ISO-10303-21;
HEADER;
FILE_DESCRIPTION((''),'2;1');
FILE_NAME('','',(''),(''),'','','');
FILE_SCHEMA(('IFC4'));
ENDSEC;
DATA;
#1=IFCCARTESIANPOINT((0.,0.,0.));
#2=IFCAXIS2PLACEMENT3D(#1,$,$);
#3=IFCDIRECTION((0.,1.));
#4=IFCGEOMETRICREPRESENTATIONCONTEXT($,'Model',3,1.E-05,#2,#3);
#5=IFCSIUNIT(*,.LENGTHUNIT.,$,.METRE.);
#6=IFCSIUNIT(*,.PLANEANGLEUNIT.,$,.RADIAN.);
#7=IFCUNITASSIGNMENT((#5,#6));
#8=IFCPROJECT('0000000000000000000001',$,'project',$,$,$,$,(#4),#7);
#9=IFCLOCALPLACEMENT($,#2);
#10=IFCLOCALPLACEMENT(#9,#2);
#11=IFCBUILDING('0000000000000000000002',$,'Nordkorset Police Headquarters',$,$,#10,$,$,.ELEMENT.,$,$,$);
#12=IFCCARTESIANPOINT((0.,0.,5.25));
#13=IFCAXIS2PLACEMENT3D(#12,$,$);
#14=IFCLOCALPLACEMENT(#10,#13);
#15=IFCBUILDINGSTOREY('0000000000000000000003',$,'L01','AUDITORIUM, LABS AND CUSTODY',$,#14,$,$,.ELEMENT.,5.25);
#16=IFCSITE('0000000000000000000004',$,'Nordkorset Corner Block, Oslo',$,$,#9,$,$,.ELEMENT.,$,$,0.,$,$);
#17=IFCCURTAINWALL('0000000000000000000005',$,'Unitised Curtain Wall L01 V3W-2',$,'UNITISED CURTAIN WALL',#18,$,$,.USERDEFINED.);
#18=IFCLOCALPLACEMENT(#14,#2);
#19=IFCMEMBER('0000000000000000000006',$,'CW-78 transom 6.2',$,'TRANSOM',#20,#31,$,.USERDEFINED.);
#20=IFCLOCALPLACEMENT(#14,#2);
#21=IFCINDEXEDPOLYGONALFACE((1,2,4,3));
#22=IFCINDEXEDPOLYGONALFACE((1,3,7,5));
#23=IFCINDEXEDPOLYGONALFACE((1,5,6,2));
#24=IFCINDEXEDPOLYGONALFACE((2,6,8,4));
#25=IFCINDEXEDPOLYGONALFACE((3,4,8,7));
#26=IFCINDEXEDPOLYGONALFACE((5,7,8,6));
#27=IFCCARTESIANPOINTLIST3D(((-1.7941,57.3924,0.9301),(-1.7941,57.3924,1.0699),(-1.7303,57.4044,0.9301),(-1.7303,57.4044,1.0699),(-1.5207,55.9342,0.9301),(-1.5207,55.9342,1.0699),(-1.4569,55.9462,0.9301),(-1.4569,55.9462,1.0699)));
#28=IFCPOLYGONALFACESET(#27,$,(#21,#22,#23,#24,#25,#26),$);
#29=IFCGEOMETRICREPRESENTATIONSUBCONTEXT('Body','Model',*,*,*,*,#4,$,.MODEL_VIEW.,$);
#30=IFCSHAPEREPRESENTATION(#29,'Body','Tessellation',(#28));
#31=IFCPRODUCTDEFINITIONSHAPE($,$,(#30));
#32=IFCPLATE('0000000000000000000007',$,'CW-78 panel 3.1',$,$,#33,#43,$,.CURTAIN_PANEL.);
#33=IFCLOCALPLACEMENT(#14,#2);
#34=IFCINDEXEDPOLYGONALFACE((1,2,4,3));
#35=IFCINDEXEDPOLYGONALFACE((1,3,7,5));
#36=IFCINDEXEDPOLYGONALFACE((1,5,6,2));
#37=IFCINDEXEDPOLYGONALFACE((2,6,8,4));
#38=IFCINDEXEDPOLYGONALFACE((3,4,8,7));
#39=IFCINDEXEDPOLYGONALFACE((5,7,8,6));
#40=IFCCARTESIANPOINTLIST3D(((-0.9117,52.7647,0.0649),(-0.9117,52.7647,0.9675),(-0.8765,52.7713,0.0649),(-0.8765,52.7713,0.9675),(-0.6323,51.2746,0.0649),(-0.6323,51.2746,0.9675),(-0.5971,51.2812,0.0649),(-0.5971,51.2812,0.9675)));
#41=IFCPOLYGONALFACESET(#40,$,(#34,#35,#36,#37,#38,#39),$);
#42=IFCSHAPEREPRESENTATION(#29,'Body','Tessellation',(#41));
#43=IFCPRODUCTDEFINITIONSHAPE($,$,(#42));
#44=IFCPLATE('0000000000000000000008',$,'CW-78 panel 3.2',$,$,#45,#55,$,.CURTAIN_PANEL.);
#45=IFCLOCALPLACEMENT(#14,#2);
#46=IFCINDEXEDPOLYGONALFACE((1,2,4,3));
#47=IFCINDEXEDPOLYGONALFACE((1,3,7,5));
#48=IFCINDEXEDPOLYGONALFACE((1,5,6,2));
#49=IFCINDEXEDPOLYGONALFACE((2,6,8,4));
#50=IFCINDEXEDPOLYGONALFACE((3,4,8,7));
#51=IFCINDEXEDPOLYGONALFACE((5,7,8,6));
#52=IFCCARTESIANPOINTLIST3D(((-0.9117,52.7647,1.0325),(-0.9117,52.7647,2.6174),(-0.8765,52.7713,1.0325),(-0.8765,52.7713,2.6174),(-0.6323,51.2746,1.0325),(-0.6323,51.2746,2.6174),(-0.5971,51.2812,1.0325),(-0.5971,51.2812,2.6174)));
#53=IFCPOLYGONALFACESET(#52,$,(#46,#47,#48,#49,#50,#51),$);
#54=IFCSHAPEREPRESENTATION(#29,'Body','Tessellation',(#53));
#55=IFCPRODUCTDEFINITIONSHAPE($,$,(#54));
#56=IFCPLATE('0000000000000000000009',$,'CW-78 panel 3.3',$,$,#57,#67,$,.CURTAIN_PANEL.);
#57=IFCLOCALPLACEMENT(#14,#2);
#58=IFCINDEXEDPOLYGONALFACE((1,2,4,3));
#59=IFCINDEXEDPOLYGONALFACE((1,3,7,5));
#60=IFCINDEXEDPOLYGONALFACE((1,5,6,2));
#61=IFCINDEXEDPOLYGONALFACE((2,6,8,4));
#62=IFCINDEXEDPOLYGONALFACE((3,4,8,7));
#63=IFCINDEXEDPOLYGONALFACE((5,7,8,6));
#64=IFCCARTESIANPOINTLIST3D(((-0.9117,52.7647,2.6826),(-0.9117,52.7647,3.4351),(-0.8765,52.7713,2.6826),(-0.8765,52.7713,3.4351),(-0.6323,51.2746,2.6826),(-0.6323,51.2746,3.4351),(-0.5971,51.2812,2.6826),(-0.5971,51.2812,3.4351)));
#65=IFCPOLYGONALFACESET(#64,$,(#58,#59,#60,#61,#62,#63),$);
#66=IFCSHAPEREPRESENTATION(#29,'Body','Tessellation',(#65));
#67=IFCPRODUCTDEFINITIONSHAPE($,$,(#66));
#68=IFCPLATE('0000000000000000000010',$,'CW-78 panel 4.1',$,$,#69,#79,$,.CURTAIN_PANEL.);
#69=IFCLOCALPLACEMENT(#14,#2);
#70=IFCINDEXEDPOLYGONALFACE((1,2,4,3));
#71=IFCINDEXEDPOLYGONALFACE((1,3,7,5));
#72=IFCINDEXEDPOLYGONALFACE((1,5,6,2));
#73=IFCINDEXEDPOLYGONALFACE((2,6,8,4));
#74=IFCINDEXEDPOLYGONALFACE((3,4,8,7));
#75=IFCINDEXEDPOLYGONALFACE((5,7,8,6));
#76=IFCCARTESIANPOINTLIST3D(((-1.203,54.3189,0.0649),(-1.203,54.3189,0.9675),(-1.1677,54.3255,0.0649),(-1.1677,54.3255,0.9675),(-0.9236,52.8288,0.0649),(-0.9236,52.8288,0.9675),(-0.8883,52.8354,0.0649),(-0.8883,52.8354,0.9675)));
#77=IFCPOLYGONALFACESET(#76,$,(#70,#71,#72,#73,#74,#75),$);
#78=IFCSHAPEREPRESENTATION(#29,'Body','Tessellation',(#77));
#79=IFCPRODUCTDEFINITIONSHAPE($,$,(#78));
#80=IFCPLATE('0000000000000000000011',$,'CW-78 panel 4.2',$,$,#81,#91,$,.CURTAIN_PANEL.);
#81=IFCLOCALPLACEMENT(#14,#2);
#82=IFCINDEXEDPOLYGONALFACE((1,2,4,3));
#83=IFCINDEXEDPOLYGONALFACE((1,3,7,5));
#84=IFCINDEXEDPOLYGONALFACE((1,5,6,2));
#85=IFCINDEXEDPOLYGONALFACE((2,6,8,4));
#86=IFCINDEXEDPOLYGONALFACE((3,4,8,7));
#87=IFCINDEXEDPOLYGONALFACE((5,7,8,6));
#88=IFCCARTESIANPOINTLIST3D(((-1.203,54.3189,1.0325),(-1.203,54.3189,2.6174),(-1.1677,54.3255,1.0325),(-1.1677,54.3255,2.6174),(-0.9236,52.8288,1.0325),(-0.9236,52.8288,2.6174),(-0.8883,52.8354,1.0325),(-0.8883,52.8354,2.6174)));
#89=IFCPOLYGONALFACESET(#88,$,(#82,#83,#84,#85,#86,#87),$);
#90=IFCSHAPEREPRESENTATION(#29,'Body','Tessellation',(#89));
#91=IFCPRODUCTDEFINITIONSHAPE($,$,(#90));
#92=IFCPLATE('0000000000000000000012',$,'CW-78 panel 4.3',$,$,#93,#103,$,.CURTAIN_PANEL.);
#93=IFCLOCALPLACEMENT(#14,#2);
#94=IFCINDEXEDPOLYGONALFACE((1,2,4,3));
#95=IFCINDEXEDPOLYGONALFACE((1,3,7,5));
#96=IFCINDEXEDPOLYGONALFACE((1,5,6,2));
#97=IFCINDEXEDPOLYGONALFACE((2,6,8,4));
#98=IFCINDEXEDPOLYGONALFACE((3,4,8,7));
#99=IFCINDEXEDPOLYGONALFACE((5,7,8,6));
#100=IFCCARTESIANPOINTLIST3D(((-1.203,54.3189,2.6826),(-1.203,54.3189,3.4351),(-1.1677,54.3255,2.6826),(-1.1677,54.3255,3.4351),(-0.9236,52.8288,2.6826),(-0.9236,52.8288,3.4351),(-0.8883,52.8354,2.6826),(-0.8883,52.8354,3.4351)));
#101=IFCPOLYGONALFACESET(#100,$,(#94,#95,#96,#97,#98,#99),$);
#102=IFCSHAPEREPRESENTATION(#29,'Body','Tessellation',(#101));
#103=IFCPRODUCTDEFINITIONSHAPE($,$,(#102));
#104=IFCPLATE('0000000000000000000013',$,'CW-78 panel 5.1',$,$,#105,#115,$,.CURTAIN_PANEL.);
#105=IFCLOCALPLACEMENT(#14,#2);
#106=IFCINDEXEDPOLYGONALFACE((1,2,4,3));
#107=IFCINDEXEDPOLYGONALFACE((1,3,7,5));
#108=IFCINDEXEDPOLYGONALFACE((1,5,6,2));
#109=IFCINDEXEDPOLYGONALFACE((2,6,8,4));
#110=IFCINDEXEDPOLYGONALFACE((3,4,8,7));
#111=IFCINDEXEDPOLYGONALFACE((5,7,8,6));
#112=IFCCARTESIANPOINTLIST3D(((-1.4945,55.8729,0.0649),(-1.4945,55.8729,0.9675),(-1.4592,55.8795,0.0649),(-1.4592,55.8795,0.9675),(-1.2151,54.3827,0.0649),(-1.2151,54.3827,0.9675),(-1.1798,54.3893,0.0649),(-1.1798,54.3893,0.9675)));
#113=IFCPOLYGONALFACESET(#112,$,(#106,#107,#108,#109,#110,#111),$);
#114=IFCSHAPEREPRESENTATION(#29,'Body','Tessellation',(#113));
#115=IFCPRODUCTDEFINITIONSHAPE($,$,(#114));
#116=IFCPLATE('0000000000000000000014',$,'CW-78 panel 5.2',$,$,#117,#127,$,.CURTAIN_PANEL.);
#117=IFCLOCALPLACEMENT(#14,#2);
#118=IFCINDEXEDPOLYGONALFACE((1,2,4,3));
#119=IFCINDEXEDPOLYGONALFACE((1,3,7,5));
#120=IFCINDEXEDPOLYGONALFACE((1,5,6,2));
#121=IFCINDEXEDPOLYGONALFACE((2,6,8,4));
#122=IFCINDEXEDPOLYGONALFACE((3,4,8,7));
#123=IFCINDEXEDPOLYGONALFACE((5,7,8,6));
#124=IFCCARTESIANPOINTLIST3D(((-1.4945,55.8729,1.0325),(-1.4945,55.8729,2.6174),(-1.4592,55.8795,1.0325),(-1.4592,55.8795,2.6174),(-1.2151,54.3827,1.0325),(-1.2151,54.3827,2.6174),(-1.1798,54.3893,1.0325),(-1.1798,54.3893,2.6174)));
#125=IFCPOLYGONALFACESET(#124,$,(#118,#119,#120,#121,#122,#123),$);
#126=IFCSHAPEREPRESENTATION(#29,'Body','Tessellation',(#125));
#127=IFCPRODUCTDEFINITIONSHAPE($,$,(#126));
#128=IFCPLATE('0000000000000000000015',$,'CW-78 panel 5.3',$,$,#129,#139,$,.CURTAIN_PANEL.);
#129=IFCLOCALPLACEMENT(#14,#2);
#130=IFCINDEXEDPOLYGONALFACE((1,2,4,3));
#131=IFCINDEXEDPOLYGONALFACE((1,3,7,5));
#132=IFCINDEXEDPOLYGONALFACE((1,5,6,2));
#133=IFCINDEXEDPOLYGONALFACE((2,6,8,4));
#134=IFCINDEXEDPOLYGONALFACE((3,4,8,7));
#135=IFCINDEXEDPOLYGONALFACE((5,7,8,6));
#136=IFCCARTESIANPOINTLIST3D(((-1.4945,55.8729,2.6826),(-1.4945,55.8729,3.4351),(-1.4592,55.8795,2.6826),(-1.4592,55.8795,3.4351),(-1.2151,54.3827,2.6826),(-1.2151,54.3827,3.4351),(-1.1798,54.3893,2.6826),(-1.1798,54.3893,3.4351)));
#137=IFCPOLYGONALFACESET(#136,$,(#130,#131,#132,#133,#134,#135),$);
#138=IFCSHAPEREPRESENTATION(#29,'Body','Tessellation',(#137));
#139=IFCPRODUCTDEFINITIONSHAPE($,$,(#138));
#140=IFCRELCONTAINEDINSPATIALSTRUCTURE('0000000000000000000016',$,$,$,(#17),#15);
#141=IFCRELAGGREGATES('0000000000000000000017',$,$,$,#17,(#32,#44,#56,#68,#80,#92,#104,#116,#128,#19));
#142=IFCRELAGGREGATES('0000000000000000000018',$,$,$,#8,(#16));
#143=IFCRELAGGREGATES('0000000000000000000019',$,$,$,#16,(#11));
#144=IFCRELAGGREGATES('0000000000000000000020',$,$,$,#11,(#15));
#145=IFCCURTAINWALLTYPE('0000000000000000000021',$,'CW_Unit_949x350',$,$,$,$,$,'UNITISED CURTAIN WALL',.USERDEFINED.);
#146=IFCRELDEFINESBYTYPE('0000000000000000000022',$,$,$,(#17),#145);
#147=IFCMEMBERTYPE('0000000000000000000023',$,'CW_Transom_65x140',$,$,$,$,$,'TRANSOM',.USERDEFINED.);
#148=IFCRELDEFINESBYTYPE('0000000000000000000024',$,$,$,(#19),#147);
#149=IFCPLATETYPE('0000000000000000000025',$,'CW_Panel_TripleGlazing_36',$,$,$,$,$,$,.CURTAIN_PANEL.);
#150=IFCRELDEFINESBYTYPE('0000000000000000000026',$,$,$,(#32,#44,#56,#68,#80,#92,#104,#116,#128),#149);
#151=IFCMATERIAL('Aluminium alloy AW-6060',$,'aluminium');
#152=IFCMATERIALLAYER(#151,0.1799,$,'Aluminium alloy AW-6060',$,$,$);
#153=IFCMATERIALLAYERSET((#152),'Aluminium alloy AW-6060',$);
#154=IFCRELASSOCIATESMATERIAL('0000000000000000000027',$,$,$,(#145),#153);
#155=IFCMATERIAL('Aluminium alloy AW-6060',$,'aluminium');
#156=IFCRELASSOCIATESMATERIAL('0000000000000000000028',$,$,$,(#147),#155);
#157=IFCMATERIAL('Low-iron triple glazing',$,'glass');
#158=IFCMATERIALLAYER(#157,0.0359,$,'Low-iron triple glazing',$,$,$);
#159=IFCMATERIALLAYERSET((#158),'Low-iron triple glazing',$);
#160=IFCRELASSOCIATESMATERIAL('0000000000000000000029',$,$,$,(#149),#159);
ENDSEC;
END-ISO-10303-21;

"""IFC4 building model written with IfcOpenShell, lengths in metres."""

from ifc_helpers import new_model, si_unit, direction, frame, origin, origin_2d, place, context, subcontext, project, spatial, rectangle, extrude, material, layer, layer_set, material_profile, profile_set, type_object, element, aggregate, save


model = new_model("IFC4")

# Units and contexts
model_context = context("Model", 3, precision=1e-05, world=origin(), true_north=direction((0.0, 1.0)))
body_context = subcontext(model_context, "Body", "Model", "MODEL_VIEW")
ifc_project = project(units=[si_unit("LENGTHUNIT", "METRE"), si_unit("PLANEANGLEUNIT", "RADIAN")], contexts=[model_context])

# Site, building, storey
site_placement = place(None, origin())
site = spatial("IfcSite", under=ifc_project, at=site_placement, Name="Nordkorset Corner Block, Oslo", CompositionType="ELEMENT", RefElevation=0.0)
building_placement = place(site_placement, origin())
building = spatial("IfcBuilding", under=site, at=building_placement, Name="Nordkorset Police Headquarters", CompositionType="ELEMENT")
storey_placement = place(building_placement, frame((0.0, 0.0, 5.25)))
storey = spatial("IfcBuildingStorey", under=building, at=storey_placement, Name="L01", Description="AUDITORIUM, LABS AND CUSTODY", CompositionType="ELEMENT", Elevation=5.25)

# Curtain wall, member, plates
ifc_material_1 = material(Name="Aluminium alloy AW-6060", Category="aluminium")
ifc_layer_1 = layer(ifc_material_1, 0.1799, Name="Aluminium alloy AW-6060")
ifc_layer_set_1 = layer_set([ifc_layer_1], Name="Aluminium alloy AW-6060")
curtain_wall_type = type_object("IfcCurtainWallType", Name="CW_Unit_949x350", ElementType="UNITISED CURTAIN WALL", PredefinedType="USERDEFINED", material=ifc_layer_set_1)
curtain_wall_placement = place(storey_placement, origin())
curtain_wall = element("IfcCurtainWall", 1, at=curtain_wall_placement, inside=storey, type_object=curtain_wall_type, Name="Unitised Curtain Wall L01 V3W-2", ObjectType="UNITISED CURTAIN WALL", PredefinedType="USERDEFINED")
ifc_material_2 = material(Name="Aluminium alloy AW-6060", Category="aluminium")
ifc_material_profile_1 = material_profile(ifc_material_2, rectangle(XDim=0.0649, YDim=0.1399, at=origin_2d()), Name="ALU TRAN 65x140")
ifc_profile_set_1 = profile_set([ifc_material_profile_1], Name="Aluminium alloy AW-6060")
member_type_1 = type_object("IfcMemberType", Name="CW_Transom_65x140", ElementType="TRANSOM", PredefinedType="USERDEFINED", material=ifc_profile_set_1)
member_1_placement = place(storey_placement, frame((-1.4888, 55.9402, 1.0), z_axis=(-0.184298, 0.98287, 0.0), x_axis=(-0.98287, -0.184298, 0.0)))
member_1 = element("IfcMember", 2, at=member_1_placement, type_object=member_type_1, Name="CW-78 transom 6.2", ObjectType="TRANSOM", PredefinedType="USERDEFINED", context=body_context, shape_type="SweptSolid", body=[
    extrude(rectangle(XDim=0.0649, YDim=0.1399, at=origin_2d()), origin(), (0.0, 0.0, 1.0), 1.4836),
])
ifc_material_3 = material(Name="Low-iron triple glazing", Category="glass")
ifc_layer_2 = layer(ifc_material_3, 0.0359, Name="Low-iron triple glazing")
ifc_layer_set_2 = layer_set([ifc_layer_2], Name="Low-iron triple glazing")
plate_type = type_object("IfcPlateType", Name="CW_Panel_TripleGlazing_36", PredefinedType="CURTAIN_PANEL", material=ifc_layer_set_2)
plate_1_placement = place(storey_placement, frame((-0.7544, 52.0229, 0.0649), z_axis=(0.0, 0.0, 1.0), x_axis=(-0.184289, 0.982872, 0.0)))
plate_1 = element("IfcPlate", 3, at=plate_1_placement, type_object=plate_type, Name="CW-78 panel 3.1", PredefinedType="CURTAIN_PANEL", context=body_context, shape_type="SweptSolid", body=[
    extrude(rectangle(XDim=1.5161, YDim=0.0359, at=origin_2d()), origin(), (0.0, 0.0, 1.0), 0.9026),
])
plate_2_placement = place(storey_placement, frame((-0.7544, 52.0229, 1.0325), z_axis=(0.0, 0.0, 1.0), x_axis=(-0.184289, 0.982872, 0.0)))
plate_2 = element("IfcPlate", 4, at=plate_2_placement, type_object=plate_type, Name="CW-78 panel 3.2", PredefinedType="CURTAIN_PANEL", context=body_context, shape_type="SweptSolid", body=[
    extrude(rectangle(XDim=1.5161, YDim=0.0359, at=origin_2d()), origin(), (0.0, 0.0, 1.0), 1.585),
])
plate_3_placement = place(storey_placement, frame((-0.7544, 52.0229, 2.6826), z_axis=(0.0, 0.0, 1.0), x_axis=(-0.184289, 0.982872, 0.0)))
plate_3 = element("IfcPlate", 5, at=plate_3_placement, type_object=plate_type, Name="CW-78 panel 3.3", PredefinedType="CURTAIN_PANEL", context=body_context, shape_type="SweptSolid", body=[
    extrude(rectangle(XDim=1.5161, YDim=0.0359, at=origin_2d()), origin(), (0.0, 0.0, 1.0), 0.7524),
])
plate_4_placement = place(storey_placement, frame((-1.0457, 53.5771, 0.0649), z_axis=(0.0, 0.0, 1.0), x_axis=(-0.184289, 0.982872, 0.0)))
plate_4 = element("IfcPlate", 6, at=plate_4_placement, type_object=plate_type, Name="CW-78 panel 4.1", PredefinedType="CURTAIN_PANEL", context=body_context, shape_type="SweptSolid", body=[
    extrude(rectangle(XDim=1.5161, YDim=0.0359, at=origin_2d()), origin(), (0.0, 0.0, 1.0), 0.9026),
])
plate_5_placement = place(storey_placement, frame((-1.0457, 53.5771, 1.0325), z_axis=(0.0, 0.0, 1.0), x_axis=(-0.184289, 0.982872, 0.0)))
plate_5 = element("IfcPlate", 7, at=plate_5_placement, type_object=plate_type, Name="CW-78 panel 4.2", PredefinedType="CURTAIN_PANEL", context=body_context, shape_type="SweptSolid", body=[
    extrude(rectangle(XDim=1.5161, YDim=0.0359, at=origin_2d()), origin(), (0.0, 0.0, 1.0), 1.585),
])
plate_6_placement = place(storey_placement, frame((-1.0457, 53.5771, 2.6826), z_axis=(0.0, 0.0, 1.0), x_axis=(-0.184289, 0.982872, 0.0)))
plate_6 = element("IfcPlate", 8, at=plate_6_placement, type_object=plate_type, Name="CW-78 panel 4.3", PredefinedType="CURTAIN_PANEL", context=body_context, shape_type="SweptSolid", body=[
    extrude(rectangle(XDim=1.5161, YDim=0.0359, at=origin_2d()), origin(), (0.0, 0.0, 1.0), 0.7524),
])
plate_7_placement = place(storey_placement, frame((-1.3372, 55.1311, 0.0649), z_axis=(0.0, 0.0, 1.0), x_axis=(-0.184289, 0.982872, 0.0)))
plate_7 = element("IfcPlate", 9, at=plate_7_placement, type_object=plate_type, Name="CW-78 panel 5.1", PredefinedType="CURTAIN_PANEL", context=body_context, shape_type="SweptSolid", body=[
    extrude(rectangle(XDim=1.5161, YDim=0.0359, at=origin_2d()), origin(), (0.0, 0.0, 1.0), 0.9026),
])
plate_8_placement = place(storey_placement, frame((-1.3372, 55.1311, 1.0325), z_axis=(0.0, 0.0, 1.0), x_axis=(-0.184289, 0.982872, 0.0)))
plate_8 = element("IfcPlate", 10, at=plate_8_placement, type_object=plate_type, Name="CW-78 panel 5.2", PredefinedType="CURTAIN_PANEL", context=body_context, shape_type="SweptSolid", body=[
    extrude(rectangle(XDim=1.5161, YDim=0.0359, at=origin_2d()), origin(), (0.0, 0.0, 1.0), 1.585),
])
plate_9_placement = place(storey_placement, frame((-1.3372, 55.1311, 2.6826), z_axis=(0.0, 0.0, 1.0), x_axis=(-0.184289, 0.982872, 0.0)))
plate_9 = element("IfcPlate", 11, at=plate_9_placement, type_object=plate_type, Name="CW-78 panel 5.3", PredefinedType="CURTAIN_PANEL", context=body_context, shape_type="SweptSolid", body=[
    extrude(rectangle(XDim=1.5161, YDim=0.0359, at=origin_2d()), origin(), (0.0, 0.0, 1.0), 0.7524),
])
aggregate(curtain_wall, [plate_1, plate_2, plate_3, plate_4, plate_5, plate_6, plate_7, plate_8, plate_9, member_1])

save(model, "model.ifc")
